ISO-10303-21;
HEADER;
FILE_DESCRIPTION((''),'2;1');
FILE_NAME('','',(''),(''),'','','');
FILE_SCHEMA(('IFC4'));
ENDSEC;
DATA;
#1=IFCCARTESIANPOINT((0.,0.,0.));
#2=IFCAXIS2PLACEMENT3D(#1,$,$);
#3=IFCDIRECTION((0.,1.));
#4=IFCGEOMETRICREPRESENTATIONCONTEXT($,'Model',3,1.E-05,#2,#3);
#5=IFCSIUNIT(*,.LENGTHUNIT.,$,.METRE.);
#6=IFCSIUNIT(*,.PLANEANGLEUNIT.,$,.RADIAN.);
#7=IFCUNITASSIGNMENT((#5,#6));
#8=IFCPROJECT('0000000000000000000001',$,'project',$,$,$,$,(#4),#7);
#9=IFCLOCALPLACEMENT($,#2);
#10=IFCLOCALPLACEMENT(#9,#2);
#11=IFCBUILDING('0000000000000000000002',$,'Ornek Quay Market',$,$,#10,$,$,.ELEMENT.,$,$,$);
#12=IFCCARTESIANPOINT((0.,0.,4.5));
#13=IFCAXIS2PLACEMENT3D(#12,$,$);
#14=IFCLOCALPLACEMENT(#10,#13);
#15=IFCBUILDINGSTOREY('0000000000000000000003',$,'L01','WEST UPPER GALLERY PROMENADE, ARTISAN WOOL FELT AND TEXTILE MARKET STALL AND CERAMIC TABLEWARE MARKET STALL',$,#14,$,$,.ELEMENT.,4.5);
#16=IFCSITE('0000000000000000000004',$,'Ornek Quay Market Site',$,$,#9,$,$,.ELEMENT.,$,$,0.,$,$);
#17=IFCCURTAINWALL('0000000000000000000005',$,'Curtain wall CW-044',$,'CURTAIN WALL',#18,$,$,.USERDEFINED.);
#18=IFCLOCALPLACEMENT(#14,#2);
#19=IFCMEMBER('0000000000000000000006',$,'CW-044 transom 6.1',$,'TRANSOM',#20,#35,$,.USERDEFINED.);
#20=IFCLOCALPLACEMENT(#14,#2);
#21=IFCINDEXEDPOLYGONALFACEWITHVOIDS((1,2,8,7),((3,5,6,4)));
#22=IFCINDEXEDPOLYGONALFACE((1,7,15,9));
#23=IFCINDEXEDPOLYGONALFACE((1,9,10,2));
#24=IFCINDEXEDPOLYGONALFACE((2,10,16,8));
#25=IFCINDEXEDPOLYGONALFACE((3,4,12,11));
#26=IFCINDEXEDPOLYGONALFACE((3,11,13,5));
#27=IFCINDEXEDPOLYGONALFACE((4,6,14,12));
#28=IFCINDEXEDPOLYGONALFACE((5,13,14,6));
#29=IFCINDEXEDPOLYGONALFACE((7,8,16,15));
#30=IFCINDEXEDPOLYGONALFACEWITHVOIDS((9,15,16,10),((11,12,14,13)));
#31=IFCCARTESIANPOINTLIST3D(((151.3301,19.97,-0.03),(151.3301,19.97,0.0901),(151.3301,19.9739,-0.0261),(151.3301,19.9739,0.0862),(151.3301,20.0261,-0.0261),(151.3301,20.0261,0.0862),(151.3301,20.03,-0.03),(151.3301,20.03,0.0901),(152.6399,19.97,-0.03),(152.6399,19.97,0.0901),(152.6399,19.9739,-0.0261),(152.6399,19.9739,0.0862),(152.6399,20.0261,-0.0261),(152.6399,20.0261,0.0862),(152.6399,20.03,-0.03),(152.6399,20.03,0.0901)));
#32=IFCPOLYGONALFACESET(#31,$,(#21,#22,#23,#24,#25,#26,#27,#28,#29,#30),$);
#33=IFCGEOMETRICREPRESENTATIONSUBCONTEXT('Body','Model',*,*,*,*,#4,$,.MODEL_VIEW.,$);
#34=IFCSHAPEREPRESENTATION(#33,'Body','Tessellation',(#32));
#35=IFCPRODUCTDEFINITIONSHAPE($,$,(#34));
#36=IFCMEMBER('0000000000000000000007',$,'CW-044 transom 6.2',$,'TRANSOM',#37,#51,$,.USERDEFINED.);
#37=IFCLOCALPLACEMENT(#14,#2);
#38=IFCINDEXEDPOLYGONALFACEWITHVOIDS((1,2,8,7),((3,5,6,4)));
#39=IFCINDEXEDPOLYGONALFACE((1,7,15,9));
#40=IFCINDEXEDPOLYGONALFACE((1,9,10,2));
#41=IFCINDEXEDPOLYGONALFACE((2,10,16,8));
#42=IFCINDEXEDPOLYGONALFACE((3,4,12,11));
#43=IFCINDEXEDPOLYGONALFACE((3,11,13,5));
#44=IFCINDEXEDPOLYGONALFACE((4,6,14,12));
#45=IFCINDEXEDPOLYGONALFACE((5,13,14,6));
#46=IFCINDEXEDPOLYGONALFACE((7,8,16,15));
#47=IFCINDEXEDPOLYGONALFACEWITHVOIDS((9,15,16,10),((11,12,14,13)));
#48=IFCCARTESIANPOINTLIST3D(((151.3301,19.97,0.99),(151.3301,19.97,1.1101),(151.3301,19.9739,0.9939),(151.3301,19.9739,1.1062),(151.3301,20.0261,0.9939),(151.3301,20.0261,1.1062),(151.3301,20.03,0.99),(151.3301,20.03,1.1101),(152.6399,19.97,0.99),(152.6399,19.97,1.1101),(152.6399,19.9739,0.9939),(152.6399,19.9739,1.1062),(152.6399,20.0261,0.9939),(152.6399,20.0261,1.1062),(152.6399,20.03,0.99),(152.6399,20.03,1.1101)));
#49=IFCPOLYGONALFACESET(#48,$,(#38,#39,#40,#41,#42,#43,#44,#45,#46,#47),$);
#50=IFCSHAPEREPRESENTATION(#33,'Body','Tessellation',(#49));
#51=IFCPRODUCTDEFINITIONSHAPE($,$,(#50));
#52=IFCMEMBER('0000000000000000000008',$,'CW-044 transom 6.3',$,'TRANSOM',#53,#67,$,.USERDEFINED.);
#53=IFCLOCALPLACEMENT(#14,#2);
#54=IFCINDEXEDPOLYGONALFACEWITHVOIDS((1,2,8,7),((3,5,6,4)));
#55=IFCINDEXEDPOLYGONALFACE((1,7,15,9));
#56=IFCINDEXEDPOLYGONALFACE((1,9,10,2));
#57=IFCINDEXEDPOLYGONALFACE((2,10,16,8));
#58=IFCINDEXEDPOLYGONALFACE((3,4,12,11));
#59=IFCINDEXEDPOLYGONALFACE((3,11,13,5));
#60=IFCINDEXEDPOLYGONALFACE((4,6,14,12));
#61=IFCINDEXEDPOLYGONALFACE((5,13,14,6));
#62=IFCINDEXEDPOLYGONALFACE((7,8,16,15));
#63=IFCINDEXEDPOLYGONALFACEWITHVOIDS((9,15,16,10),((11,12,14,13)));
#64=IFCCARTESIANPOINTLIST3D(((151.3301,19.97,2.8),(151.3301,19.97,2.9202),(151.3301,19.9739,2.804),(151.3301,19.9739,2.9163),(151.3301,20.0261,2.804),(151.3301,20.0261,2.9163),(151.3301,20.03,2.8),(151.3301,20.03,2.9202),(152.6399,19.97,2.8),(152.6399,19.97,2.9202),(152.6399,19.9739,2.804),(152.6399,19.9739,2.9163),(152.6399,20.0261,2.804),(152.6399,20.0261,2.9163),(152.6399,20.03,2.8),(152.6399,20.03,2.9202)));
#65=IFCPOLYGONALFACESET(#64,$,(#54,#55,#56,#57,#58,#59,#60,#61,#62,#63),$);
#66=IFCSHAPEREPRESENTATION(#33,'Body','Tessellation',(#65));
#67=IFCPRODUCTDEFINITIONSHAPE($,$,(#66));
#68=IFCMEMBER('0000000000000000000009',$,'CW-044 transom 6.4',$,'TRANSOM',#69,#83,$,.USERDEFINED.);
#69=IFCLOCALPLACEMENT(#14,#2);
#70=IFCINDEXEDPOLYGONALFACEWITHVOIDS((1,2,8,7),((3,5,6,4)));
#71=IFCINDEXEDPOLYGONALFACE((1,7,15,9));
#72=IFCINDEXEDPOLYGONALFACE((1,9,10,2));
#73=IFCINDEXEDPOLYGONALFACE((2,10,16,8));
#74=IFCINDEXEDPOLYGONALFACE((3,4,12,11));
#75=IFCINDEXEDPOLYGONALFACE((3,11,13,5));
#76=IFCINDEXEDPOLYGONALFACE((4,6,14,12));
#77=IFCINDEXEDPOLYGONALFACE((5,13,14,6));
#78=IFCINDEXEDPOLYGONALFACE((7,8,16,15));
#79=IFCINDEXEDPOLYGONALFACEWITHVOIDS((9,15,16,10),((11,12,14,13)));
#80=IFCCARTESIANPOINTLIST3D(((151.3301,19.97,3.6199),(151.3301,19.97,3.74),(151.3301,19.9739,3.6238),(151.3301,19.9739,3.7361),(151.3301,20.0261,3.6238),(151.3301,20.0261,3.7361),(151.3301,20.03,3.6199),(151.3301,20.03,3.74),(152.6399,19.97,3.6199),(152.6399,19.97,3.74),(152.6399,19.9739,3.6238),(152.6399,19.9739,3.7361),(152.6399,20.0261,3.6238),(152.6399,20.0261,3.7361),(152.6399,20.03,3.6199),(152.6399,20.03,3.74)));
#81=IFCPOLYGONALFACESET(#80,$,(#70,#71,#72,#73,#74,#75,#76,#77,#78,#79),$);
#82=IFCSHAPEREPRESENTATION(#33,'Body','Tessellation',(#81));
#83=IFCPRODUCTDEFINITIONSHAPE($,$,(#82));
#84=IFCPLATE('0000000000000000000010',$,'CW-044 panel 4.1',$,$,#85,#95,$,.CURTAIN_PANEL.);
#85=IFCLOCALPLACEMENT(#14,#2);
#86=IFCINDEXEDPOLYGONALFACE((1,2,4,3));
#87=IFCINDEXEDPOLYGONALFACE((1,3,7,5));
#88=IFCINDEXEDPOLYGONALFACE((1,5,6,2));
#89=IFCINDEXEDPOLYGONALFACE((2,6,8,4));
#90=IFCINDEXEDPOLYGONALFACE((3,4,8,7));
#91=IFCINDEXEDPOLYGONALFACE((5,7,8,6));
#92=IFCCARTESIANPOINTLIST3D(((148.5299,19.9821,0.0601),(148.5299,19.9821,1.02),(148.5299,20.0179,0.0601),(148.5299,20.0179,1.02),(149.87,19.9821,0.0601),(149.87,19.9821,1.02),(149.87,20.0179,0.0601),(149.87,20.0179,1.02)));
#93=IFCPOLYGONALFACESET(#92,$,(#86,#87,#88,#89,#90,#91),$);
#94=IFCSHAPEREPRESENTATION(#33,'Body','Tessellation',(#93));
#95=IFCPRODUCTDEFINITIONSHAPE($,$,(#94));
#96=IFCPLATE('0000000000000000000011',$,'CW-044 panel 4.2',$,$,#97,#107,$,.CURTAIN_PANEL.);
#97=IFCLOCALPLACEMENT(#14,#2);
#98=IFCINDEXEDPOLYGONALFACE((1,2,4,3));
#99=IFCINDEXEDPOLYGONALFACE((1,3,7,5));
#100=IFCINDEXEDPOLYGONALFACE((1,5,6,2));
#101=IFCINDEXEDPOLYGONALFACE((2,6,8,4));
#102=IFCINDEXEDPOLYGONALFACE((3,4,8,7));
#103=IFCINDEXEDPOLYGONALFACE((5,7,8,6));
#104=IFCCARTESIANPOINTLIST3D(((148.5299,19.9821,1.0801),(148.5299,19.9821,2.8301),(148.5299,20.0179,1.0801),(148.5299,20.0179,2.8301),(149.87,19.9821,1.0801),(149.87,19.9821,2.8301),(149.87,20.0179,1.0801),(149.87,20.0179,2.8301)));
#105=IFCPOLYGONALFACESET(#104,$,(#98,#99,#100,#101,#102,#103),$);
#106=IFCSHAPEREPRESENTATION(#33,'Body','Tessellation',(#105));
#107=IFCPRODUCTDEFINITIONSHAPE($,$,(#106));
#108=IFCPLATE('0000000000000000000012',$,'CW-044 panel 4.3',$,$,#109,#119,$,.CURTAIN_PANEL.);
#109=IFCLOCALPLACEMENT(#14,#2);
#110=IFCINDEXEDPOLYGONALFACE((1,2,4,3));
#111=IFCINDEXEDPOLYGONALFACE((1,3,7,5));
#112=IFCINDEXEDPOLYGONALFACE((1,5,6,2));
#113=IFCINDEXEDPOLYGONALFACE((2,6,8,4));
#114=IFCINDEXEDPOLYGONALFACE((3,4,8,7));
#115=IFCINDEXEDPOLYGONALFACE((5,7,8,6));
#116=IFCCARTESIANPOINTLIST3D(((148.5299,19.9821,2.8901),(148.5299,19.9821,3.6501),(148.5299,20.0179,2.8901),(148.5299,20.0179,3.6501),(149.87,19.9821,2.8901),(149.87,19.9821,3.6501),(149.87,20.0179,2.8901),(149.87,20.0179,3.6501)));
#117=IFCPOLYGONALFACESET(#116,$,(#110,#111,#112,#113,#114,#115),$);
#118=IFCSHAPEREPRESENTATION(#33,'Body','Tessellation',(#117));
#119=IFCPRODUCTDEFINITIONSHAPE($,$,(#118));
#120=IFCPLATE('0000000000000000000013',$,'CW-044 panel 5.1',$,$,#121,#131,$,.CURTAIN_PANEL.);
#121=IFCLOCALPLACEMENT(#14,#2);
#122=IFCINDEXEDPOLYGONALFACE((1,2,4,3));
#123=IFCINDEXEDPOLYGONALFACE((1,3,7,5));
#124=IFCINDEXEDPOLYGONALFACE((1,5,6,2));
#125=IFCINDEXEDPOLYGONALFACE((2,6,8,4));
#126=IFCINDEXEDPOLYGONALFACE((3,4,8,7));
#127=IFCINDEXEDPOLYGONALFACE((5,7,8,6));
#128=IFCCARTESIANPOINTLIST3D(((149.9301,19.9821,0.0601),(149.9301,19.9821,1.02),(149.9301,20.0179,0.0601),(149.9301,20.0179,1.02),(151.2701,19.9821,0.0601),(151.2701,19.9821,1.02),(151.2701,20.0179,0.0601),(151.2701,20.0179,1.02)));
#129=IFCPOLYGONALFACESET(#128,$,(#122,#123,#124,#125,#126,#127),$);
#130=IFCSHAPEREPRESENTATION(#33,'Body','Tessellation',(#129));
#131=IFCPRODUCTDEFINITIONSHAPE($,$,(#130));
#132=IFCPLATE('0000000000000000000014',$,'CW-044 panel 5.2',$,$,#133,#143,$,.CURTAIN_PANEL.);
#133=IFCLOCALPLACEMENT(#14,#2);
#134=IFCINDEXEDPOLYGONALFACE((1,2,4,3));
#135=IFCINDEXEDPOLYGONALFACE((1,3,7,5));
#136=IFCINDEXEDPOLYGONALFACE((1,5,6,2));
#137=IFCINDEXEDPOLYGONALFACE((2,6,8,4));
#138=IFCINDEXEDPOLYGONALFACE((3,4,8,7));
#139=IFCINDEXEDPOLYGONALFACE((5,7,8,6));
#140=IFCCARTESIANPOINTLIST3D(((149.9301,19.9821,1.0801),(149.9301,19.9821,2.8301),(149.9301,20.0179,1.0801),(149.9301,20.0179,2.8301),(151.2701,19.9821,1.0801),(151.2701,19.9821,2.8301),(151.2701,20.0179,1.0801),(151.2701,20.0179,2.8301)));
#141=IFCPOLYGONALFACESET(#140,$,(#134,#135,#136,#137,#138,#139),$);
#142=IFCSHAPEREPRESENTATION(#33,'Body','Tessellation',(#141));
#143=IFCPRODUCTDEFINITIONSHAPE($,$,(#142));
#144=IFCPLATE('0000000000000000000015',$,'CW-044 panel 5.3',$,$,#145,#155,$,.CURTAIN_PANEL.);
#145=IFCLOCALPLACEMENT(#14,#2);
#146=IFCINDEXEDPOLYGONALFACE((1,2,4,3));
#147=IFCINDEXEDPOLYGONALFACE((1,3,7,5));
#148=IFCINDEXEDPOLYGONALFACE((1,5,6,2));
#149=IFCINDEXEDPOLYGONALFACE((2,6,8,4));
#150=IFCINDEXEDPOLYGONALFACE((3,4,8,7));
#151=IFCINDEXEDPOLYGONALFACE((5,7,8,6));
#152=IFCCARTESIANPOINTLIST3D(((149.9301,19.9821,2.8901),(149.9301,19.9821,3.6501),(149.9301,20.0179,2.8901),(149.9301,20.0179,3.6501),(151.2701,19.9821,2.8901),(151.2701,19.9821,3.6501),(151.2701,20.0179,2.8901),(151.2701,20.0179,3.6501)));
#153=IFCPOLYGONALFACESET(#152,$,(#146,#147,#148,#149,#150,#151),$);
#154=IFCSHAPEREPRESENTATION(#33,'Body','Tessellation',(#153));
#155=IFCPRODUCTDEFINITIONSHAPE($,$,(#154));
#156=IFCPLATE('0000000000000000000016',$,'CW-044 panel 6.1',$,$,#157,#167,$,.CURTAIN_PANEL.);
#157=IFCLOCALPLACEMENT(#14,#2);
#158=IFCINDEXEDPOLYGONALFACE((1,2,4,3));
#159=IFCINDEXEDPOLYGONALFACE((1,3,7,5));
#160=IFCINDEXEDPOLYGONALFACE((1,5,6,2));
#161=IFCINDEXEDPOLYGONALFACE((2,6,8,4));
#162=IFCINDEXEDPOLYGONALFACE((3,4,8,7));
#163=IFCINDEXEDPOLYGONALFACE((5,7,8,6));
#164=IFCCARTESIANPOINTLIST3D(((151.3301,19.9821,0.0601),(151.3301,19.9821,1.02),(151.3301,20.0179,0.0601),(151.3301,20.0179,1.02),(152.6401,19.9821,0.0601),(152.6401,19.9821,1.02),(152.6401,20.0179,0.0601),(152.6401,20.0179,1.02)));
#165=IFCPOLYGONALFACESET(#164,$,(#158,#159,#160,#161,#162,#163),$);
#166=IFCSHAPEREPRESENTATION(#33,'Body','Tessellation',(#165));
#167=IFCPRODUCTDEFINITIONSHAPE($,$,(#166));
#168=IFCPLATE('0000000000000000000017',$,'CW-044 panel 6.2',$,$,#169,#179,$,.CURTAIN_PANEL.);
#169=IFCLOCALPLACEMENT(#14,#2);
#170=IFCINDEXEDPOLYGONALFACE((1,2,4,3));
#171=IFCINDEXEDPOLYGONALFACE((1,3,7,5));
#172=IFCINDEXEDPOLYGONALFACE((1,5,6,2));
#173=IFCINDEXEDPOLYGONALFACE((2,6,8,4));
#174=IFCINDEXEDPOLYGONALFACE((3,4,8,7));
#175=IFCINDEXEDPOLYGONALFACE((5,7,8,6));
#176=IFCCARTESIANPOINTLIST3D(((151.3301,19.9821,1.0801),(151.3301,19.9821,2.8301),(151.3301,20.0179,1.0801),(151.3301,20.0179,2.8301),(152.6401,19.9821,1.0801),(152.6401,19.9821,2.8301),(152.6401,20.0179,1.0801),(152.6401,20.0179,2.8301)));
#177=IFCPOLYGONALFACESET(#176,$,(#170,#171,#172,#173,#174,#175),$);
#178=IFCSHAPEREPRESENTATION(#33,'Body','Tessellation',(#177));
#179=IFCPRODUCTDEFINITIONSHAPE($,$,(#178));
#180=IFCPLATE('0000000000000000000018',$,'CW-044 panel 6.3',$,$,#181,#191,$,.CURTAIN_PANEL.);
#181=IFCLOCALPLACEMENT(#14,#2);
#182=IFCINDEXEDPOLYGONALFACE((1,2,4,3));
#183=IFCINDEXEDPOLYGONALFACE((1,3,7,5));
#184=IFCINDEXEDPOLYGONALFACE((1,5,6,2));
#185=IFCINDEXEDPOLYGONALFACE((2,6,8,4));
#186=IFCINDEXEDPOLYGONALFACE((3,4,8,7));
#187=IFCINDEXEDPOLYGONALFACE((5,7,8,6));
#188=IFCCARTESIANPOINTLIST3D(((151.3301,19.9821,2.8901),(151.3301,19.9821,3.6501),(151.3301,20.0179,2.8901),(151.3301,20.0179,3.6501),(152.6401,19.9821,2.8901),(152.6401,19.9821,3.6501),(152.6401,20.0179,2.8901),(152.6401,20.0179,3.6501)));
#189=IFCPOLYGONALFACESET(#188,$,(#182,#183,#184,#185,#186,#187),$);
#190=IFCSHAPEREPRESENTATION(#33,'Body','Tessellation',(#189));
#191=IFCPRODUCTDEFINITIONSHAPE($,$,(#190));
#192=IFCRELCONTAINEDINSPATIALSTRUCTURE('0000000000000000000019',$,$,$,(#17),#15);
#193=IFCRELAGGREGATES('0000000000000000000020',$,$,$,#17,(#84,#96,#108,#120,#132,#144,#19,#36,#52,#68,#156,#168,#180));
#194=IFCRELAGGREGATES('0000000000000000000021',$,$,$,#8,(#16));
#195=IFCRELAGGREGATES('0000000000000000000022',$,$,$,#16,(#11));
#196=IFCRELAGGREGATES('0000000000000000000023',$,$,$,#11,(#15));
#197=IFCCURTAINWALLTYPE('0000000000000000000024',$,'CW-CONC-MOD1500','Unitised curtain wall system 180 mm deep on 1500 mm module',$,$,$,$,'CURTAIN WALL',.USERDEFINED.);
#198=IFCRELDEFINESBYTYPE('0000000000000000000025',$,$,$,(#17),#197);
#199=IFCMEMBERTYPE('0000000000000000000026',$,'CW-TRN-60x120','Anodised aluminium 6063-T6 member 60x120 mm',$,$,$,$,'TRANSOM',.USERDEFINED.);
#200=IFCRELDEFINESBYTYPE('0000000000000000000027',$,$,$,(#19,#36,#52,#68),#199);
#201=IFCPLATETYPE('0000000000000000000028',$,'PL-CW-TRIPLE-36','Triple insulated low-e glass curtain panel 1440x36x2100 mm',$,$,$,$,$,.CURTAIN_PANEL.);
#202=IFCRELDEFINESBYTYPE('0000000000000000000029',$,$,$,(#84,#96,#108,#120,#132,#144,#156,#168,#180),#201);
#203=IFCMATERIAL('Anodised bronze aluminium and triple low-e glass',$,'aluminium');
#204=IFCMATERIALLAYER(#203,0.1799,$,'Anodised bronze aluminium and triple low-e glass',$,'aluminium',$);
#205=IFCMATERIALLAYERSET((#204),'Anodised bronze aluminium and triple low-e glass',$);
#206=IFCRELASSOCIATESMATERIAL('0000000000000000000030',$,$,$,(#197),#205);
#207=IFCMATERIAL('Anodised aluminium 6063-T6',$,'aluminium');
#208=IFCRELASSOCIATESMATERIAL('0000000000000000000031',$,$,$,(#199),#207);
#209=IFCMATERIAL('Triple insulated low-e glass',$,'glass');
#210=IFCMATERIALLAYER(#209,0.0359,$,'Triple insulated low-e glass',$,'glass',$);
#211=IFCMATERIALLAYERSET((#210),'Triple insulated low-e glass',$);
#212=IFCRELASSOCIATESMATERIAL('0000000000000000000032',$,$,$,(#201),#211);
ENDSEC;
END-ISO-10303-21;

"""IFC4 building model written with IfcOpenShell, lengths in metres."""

from ifc_helpers import new_model, si_unit, direction, frame, origin, origin_2d, place, context, subcontext, project, spatial, rectangle, hollow_rectangle, extrude, material, layer, layer_set, material_profile, profile_set, type_object, element, aggregate, save


model = new_model("IFC4")

# Units and contexts
model_context = context("Model", 3, precision=1e-05, world=origin(), true_north=direction((0.0, 1.0)))
body_context = subcontext(model_context, "Body", "Model", "MODEL_VIEW")
ifc_project = project(units=[si_unit("LENGTHUNIT", "METRE"), si_unit("PLANEANGLEUNIT", "RADIAN")], contexts=[model_context])

# Site, building, storey
site_placement = place(None, origin())
site = spatial("IfcSite", under=ifc_project, at=site_placement, Name="Ornek Quay Market Site", CompositionType="ELEMENT", RefElevation=0.0)
building_placement = place(site_placement, origin())
building = spatial("IfcBuilding", under=site, at=building_placement, Name="Ornek Quay Market", CompositionType="ELEMENT")
storey_placement = place(building_placement, frame((0.0, 0.0, 4.5)))
storey = spatial("IfcBuildingStorey", under=building, at=storey_placement, Name="L01", Description="WEST UPPER GALLERY PROMENADE, ARTISAN WOOL FELT AND TEXTILE MARKET STALL AND CERAMIC TABLEWARE MARKET STALL", CompositionType="ELEMENT", Elevation=4.5)

# Curtain wall, members, plates
ifc_material_1 = material(Name="Anodised bronze aluminium and triple low-e glass", Category="aluminium")
ifc_layer_1 = layer(ifc_material_1, 0.1799, Name="Anodised bronze aluminium and triple low-e glass", Category="aluminium")
ifc_layer_set_1 = layer_set([ifc_layer_1], Name="Anodised bronze aluminium and triple low-e glass")
curtain_wall_type = type_object("IfcCurtainWallType", Name="CW-CONC-MOD1500", Description="Unitised curtain wall system 180 mm deep on 1500 mm module", ElementType="CURTAIN WALL", PredefinedType="USERDEFINED", material=ifc_layer_set_1)
curtain_wall_placement = place(storey_placement, origin())
curtain_wall = element("IfcCurtainWall", 1, at=curtain_wall_placement, inside=storey, type_object=curtain_wall_type, Name="Curtain wall CW-044", ObjectType="CURTAIN WALL", PredefinedType="USERDEFINED")
ifc_material_2 = material(Name="Anodised aluminium 6063-T6", Category="aluminium")
ifc_material_profile_1 = material_profile(ifc_material_2, hollow_rectangle(XDim=0.0601, YDim=0.1201, WallThickness=0.0039, at=origin_2d()), Name="CW-TRN-60x120", Category="aluminium")
ifc_profile_set_1 = profile_set([ifc_material_profile_1], Name="Anodised aluminium 6063-T6")
member_type_1 = type_object("IfcMemberType", Name="CW-TRN-60x120", Description="Anodised aluminium 6063-T6 member 60x120 mm", ElementType="TRANSOM", PredefinedType="USERDEFINED", material=ifc_profile_set_1)
member_1_placement = place(storey_placement, frame((151.3301, 20.0, 0.03), z_axis=(1.0, 0.0, 0.0), x_axis=(0.0, 1.0, 0.0)))
member_1 = element("IfcMember", 2, at=member_1_placement, type_object=member_type_1, Name="CW-044 transom 6.1", ObjectType="TRANSOM", PredefinedType="USERDEFINED", context=body_context, shape_type="SweptSolid", body=[
    extrude(hollow_rectangle(XDim=0.0601, YDim=0.1201, WallThickness=0.0039, at=origin_2d()), origin(), (0.0, 0.0, 1.0), 1.3098),
])
member_2_placement = place(storey_placement, frame((151.3301, 20.0, 1.05), z_axis=(1.0, 0.0, 0.0), x_axis=(0.0, 1.0, 0.0)))
member_2 = element("IfcMember", 3, at=member_2_placement, type_object=member_type_1, Name="CW-044 transom 6.2", ObjectType="TRANSOM", PredefinedType="USERDEFINED", context=body_context, shape_type="SweptSolid", body=[
    extrude(hollow_rectangle(XDim=0.0601, YDim=0.1201, WallThickness=0.0039, at=origin_2d()), origin(), (0.0, 0.0, 1.0), 1.3098),
])
member_3_placement = place(storey_placement, frame((151.3301, 20.0, 2.8601), z_axis=(1.0, 0.0, 0.0), x_axis=(0.0, 1.0, 0.0)))
member_3 = element("IfcMember", 4, at=member_3_placement, type_object=member_type_1, Name="CW-044 transom 6.3", ObjectType="TRANSOM", PredefinedType="USERDEFINED", context=body_context, shape_type="SweptSolid", body=[
    extrude(hollow_rectangle(XDim=0.0601, YDim=0.1201, WallThickness=0.0039, at=origin_2d()), origin(), (0.0, 0.0, 1.0), 1.3098),
])
member_4_placement = place(storey_placement, frame((151.3301, 20.0, 3.6799), z_axis=(1.0, 0.0, 0.0), x_axis=(0.0, 1.0, 0.0)))
member_4 = element("IfcMember", 5, at=member_4_placement, type_object=member_type_1, Name="CW-044 transom 6.4", ObjectType="TRANSOM", PredefinedType="USERDEFINED", context=body_context, shape_type="SweptSolid", body=[
    extrude(hollow_rectangle(XDim=0.0601, YDim=0.1201, WallThickness=0.0039, at=origin_2d()), origin(), (0.0, 0.0, 1.0), 1.3098),
])
ifc_material_3 = material(Name="Triple insulated low-e glass", Category="glass")
ifc_layer_2 = layer(ifc_material_3, 0.0359, Name="Triple insulated low-e glass", Category="glass")
ifc_layer_set_2 = layer_set([ifc_layer_2], Name="Triple insulated low-e glass")
plate_type = type_object("IfcPlateType", Name="PL-CW-TRIPLE-36", Description="Triple insulated low-e glass curtain panel 1440x36x2100 mm", PredefinedType="CURTAIN_PANEL", material=ifc_layer_set_2)
plate_1_placement = place(storey_placement, frame((149.2, 20.0, 0.0601), z_axis=(0.0, 0.0, 1.0), x_axis=(1.0, 0.0, 0.0)))
plate_1 = element("IfcPlate", 6, at=plate_1_placement, type_object=plate_type, Name="CW-044 panel 4.1", PredefinedType="CURTAIN_PANEL", context=body_context, shape_type="SweptSolid", body=[
    extrude(rectangle(XDim=1.3401, YDim=0.0359, at=origin_2d()), origin(), (0.0, 0.0, 1.0), 0.96),
])
plate_2_placement = place(storey_placement, frame((149.2, 20.0, 1.0801), z_axis=(0.0, 0.0, 1.0), x_axis=(1.0, 0.0, 0.0)))
plate_2 = element("IfcPlate", 7, at=plate_2_placement, type_object=plate_type, Name="CW-044 panel 4.2", PredefinedType="CURTAIN_PANEL", context=body_context, shape_type="SweptSolid", body=[
    extrude(rectangle(XDim=1.3401, YDim=0.0359, at=origin_2d()), origin(), (0.0, 0.0, 1.0), 1.75),
])
plate_3_placement = place(storey_placement, frame((149.2, 20.0, 2.8901), z_axis=(0.0, 0.0, 1.0), x_axis=(1.0, 0.0, 0.0)))
plate_3 = element("IfcPlate", 8, at=plate_3_placement, type_object=plate_type, Name="CW-044 panel 4.3", PredefinedType="CURTAIN_PANEL", context=body_context, shape_type="SweptSolid", body=[
    extrude(rectangle(XDim=1.3401, YDim=0.0359, at=origin_2d()), origin(), (0.0, 0.0, 1.0), 0.76),
])
plate_4_placement = place(storey_placement, frame((150.6001, 20.0, 0.0601), z_axis=(0.0, 0.0, 1.0), x_axis=(1.0, 0.0, 0.0)))
plate_4 = element("IfcPlate", 9, at=plate_4_placement, type_object=plate_type, Name="CW-044 panel 5.1", PredefinedType="CURTAIN_PANEL", context=body_context, shape_type="SweptSolid", body=[
    extrude(rectangle(XDim=1.3401, YDim=0.0359, at=origin_2d()), origin(), (0.0, 0.0, 1.0), 0.96),
])
plate_5_placement = place(storey_placement, frame((150.6001, 20.0, 1.0801), z_axis=(0.0, 0.0, 1.0), x_axis=(1.0, 0.0, 0.0)))
plate_5 = element("IfcPlate", 10, at=plate_5_placement, type_object=plate_type, Name="CW-044 panel 5.2", PredefinedType="CURTAIN_PANEL", context=body_context, shape_type="SweptSolid", body=[
    extrude(rectangle(XDim=1.3401, YDim=0.0359, at=origin_2d()), origin(), (0.0, 0.0, 1.0), 1.75),
])
plate_6_placement = place(storey_placement, frame((150.6001, 20.0, 2.8901), z_axis=(0.0, 0.0, 1.0), x_axis=(1.0, 0.0, 0.0)))
plate_6 = element("IfcPlate", 11, at=plate_6_placement, type_object=plate_type, Name="CW-044 panel 5.3", PredefinedType="CURTAIN_PANEL", context=body_context, shape_type="SweptSolid", body=[
    extrude(rectangle(XDim=1.3401, YDim=0.0359, at=origin_2d()), origin(), (0.0, 0.0, 1.0), 0.76),
])
plate_7_placement = place(storey_placement, frame((151.9851, 20.0, 0.0601), z_axis=(0.0, 0.0, 1.0), x_axis=(1.0, 0.0, 0.0)))
plate_7 = element("IfcPlate", 12, at=plate_7_placement, type_object=plate_type, Name="CW-044 panel 6.1", PredefinedType="CURTAIN_PANEL", context=body_context, shape_type="SweptSolid", body=[
    extrude(rectangle(XDim=1.3101, YDim=0.0359, at=origin_2d()), origin(), (0.0, 0.0, 1.0), 0.96),
])
plate_8_placement = place(storey_placement, frame((151.9851, 20.0, 1.0801), z_axis=(0.0, 0.0, 1.0), x_axis=(1.0, 0.0, 0.0)))
plate_8 = element("IfcPlate", 13, at=plate_8_placement, type_object=plate_type, Name="CW-044 panel 6.2", PredefinedType="CURTAIN_PANEL", context=body_context, shape_type="SweptSolid", body=[
    extrude(rectangle(XDim=1.3101, YDim=0.0359, at=origin_2d()), origin(), (0.0, 0.0, 1.0), 1.75),
])
plate_9_placement = place(storey_placement, frame((151.9851, 20.0, 2.8901), z_axis=(0.0, 0.0, 1.0), x_axis=(1.0, 0.0, 0.0)))
plate_9 = element("IfcPlate", 14, at=plate_9_placement, type_object=plate_type, Name="CW-044 panel 6.3", PredefinedType="CURTAIN_PANEL", context=body_context, shape_type="SweptSolid", body=[
    extrude(rectangle(XDim=1.3101, YDim=0.0359, at=origin_2d()), origin(), (0.0, 0.0, 1.0), 0.76),
])
aggregate(curtain_wall, [plate_1, plate_2, plate_3, plate_4, plate_5, plate_6, member_1, member_2, member_3, member_4, plate_7, plate_8, plate_9])

save(model, "model.ifc")
